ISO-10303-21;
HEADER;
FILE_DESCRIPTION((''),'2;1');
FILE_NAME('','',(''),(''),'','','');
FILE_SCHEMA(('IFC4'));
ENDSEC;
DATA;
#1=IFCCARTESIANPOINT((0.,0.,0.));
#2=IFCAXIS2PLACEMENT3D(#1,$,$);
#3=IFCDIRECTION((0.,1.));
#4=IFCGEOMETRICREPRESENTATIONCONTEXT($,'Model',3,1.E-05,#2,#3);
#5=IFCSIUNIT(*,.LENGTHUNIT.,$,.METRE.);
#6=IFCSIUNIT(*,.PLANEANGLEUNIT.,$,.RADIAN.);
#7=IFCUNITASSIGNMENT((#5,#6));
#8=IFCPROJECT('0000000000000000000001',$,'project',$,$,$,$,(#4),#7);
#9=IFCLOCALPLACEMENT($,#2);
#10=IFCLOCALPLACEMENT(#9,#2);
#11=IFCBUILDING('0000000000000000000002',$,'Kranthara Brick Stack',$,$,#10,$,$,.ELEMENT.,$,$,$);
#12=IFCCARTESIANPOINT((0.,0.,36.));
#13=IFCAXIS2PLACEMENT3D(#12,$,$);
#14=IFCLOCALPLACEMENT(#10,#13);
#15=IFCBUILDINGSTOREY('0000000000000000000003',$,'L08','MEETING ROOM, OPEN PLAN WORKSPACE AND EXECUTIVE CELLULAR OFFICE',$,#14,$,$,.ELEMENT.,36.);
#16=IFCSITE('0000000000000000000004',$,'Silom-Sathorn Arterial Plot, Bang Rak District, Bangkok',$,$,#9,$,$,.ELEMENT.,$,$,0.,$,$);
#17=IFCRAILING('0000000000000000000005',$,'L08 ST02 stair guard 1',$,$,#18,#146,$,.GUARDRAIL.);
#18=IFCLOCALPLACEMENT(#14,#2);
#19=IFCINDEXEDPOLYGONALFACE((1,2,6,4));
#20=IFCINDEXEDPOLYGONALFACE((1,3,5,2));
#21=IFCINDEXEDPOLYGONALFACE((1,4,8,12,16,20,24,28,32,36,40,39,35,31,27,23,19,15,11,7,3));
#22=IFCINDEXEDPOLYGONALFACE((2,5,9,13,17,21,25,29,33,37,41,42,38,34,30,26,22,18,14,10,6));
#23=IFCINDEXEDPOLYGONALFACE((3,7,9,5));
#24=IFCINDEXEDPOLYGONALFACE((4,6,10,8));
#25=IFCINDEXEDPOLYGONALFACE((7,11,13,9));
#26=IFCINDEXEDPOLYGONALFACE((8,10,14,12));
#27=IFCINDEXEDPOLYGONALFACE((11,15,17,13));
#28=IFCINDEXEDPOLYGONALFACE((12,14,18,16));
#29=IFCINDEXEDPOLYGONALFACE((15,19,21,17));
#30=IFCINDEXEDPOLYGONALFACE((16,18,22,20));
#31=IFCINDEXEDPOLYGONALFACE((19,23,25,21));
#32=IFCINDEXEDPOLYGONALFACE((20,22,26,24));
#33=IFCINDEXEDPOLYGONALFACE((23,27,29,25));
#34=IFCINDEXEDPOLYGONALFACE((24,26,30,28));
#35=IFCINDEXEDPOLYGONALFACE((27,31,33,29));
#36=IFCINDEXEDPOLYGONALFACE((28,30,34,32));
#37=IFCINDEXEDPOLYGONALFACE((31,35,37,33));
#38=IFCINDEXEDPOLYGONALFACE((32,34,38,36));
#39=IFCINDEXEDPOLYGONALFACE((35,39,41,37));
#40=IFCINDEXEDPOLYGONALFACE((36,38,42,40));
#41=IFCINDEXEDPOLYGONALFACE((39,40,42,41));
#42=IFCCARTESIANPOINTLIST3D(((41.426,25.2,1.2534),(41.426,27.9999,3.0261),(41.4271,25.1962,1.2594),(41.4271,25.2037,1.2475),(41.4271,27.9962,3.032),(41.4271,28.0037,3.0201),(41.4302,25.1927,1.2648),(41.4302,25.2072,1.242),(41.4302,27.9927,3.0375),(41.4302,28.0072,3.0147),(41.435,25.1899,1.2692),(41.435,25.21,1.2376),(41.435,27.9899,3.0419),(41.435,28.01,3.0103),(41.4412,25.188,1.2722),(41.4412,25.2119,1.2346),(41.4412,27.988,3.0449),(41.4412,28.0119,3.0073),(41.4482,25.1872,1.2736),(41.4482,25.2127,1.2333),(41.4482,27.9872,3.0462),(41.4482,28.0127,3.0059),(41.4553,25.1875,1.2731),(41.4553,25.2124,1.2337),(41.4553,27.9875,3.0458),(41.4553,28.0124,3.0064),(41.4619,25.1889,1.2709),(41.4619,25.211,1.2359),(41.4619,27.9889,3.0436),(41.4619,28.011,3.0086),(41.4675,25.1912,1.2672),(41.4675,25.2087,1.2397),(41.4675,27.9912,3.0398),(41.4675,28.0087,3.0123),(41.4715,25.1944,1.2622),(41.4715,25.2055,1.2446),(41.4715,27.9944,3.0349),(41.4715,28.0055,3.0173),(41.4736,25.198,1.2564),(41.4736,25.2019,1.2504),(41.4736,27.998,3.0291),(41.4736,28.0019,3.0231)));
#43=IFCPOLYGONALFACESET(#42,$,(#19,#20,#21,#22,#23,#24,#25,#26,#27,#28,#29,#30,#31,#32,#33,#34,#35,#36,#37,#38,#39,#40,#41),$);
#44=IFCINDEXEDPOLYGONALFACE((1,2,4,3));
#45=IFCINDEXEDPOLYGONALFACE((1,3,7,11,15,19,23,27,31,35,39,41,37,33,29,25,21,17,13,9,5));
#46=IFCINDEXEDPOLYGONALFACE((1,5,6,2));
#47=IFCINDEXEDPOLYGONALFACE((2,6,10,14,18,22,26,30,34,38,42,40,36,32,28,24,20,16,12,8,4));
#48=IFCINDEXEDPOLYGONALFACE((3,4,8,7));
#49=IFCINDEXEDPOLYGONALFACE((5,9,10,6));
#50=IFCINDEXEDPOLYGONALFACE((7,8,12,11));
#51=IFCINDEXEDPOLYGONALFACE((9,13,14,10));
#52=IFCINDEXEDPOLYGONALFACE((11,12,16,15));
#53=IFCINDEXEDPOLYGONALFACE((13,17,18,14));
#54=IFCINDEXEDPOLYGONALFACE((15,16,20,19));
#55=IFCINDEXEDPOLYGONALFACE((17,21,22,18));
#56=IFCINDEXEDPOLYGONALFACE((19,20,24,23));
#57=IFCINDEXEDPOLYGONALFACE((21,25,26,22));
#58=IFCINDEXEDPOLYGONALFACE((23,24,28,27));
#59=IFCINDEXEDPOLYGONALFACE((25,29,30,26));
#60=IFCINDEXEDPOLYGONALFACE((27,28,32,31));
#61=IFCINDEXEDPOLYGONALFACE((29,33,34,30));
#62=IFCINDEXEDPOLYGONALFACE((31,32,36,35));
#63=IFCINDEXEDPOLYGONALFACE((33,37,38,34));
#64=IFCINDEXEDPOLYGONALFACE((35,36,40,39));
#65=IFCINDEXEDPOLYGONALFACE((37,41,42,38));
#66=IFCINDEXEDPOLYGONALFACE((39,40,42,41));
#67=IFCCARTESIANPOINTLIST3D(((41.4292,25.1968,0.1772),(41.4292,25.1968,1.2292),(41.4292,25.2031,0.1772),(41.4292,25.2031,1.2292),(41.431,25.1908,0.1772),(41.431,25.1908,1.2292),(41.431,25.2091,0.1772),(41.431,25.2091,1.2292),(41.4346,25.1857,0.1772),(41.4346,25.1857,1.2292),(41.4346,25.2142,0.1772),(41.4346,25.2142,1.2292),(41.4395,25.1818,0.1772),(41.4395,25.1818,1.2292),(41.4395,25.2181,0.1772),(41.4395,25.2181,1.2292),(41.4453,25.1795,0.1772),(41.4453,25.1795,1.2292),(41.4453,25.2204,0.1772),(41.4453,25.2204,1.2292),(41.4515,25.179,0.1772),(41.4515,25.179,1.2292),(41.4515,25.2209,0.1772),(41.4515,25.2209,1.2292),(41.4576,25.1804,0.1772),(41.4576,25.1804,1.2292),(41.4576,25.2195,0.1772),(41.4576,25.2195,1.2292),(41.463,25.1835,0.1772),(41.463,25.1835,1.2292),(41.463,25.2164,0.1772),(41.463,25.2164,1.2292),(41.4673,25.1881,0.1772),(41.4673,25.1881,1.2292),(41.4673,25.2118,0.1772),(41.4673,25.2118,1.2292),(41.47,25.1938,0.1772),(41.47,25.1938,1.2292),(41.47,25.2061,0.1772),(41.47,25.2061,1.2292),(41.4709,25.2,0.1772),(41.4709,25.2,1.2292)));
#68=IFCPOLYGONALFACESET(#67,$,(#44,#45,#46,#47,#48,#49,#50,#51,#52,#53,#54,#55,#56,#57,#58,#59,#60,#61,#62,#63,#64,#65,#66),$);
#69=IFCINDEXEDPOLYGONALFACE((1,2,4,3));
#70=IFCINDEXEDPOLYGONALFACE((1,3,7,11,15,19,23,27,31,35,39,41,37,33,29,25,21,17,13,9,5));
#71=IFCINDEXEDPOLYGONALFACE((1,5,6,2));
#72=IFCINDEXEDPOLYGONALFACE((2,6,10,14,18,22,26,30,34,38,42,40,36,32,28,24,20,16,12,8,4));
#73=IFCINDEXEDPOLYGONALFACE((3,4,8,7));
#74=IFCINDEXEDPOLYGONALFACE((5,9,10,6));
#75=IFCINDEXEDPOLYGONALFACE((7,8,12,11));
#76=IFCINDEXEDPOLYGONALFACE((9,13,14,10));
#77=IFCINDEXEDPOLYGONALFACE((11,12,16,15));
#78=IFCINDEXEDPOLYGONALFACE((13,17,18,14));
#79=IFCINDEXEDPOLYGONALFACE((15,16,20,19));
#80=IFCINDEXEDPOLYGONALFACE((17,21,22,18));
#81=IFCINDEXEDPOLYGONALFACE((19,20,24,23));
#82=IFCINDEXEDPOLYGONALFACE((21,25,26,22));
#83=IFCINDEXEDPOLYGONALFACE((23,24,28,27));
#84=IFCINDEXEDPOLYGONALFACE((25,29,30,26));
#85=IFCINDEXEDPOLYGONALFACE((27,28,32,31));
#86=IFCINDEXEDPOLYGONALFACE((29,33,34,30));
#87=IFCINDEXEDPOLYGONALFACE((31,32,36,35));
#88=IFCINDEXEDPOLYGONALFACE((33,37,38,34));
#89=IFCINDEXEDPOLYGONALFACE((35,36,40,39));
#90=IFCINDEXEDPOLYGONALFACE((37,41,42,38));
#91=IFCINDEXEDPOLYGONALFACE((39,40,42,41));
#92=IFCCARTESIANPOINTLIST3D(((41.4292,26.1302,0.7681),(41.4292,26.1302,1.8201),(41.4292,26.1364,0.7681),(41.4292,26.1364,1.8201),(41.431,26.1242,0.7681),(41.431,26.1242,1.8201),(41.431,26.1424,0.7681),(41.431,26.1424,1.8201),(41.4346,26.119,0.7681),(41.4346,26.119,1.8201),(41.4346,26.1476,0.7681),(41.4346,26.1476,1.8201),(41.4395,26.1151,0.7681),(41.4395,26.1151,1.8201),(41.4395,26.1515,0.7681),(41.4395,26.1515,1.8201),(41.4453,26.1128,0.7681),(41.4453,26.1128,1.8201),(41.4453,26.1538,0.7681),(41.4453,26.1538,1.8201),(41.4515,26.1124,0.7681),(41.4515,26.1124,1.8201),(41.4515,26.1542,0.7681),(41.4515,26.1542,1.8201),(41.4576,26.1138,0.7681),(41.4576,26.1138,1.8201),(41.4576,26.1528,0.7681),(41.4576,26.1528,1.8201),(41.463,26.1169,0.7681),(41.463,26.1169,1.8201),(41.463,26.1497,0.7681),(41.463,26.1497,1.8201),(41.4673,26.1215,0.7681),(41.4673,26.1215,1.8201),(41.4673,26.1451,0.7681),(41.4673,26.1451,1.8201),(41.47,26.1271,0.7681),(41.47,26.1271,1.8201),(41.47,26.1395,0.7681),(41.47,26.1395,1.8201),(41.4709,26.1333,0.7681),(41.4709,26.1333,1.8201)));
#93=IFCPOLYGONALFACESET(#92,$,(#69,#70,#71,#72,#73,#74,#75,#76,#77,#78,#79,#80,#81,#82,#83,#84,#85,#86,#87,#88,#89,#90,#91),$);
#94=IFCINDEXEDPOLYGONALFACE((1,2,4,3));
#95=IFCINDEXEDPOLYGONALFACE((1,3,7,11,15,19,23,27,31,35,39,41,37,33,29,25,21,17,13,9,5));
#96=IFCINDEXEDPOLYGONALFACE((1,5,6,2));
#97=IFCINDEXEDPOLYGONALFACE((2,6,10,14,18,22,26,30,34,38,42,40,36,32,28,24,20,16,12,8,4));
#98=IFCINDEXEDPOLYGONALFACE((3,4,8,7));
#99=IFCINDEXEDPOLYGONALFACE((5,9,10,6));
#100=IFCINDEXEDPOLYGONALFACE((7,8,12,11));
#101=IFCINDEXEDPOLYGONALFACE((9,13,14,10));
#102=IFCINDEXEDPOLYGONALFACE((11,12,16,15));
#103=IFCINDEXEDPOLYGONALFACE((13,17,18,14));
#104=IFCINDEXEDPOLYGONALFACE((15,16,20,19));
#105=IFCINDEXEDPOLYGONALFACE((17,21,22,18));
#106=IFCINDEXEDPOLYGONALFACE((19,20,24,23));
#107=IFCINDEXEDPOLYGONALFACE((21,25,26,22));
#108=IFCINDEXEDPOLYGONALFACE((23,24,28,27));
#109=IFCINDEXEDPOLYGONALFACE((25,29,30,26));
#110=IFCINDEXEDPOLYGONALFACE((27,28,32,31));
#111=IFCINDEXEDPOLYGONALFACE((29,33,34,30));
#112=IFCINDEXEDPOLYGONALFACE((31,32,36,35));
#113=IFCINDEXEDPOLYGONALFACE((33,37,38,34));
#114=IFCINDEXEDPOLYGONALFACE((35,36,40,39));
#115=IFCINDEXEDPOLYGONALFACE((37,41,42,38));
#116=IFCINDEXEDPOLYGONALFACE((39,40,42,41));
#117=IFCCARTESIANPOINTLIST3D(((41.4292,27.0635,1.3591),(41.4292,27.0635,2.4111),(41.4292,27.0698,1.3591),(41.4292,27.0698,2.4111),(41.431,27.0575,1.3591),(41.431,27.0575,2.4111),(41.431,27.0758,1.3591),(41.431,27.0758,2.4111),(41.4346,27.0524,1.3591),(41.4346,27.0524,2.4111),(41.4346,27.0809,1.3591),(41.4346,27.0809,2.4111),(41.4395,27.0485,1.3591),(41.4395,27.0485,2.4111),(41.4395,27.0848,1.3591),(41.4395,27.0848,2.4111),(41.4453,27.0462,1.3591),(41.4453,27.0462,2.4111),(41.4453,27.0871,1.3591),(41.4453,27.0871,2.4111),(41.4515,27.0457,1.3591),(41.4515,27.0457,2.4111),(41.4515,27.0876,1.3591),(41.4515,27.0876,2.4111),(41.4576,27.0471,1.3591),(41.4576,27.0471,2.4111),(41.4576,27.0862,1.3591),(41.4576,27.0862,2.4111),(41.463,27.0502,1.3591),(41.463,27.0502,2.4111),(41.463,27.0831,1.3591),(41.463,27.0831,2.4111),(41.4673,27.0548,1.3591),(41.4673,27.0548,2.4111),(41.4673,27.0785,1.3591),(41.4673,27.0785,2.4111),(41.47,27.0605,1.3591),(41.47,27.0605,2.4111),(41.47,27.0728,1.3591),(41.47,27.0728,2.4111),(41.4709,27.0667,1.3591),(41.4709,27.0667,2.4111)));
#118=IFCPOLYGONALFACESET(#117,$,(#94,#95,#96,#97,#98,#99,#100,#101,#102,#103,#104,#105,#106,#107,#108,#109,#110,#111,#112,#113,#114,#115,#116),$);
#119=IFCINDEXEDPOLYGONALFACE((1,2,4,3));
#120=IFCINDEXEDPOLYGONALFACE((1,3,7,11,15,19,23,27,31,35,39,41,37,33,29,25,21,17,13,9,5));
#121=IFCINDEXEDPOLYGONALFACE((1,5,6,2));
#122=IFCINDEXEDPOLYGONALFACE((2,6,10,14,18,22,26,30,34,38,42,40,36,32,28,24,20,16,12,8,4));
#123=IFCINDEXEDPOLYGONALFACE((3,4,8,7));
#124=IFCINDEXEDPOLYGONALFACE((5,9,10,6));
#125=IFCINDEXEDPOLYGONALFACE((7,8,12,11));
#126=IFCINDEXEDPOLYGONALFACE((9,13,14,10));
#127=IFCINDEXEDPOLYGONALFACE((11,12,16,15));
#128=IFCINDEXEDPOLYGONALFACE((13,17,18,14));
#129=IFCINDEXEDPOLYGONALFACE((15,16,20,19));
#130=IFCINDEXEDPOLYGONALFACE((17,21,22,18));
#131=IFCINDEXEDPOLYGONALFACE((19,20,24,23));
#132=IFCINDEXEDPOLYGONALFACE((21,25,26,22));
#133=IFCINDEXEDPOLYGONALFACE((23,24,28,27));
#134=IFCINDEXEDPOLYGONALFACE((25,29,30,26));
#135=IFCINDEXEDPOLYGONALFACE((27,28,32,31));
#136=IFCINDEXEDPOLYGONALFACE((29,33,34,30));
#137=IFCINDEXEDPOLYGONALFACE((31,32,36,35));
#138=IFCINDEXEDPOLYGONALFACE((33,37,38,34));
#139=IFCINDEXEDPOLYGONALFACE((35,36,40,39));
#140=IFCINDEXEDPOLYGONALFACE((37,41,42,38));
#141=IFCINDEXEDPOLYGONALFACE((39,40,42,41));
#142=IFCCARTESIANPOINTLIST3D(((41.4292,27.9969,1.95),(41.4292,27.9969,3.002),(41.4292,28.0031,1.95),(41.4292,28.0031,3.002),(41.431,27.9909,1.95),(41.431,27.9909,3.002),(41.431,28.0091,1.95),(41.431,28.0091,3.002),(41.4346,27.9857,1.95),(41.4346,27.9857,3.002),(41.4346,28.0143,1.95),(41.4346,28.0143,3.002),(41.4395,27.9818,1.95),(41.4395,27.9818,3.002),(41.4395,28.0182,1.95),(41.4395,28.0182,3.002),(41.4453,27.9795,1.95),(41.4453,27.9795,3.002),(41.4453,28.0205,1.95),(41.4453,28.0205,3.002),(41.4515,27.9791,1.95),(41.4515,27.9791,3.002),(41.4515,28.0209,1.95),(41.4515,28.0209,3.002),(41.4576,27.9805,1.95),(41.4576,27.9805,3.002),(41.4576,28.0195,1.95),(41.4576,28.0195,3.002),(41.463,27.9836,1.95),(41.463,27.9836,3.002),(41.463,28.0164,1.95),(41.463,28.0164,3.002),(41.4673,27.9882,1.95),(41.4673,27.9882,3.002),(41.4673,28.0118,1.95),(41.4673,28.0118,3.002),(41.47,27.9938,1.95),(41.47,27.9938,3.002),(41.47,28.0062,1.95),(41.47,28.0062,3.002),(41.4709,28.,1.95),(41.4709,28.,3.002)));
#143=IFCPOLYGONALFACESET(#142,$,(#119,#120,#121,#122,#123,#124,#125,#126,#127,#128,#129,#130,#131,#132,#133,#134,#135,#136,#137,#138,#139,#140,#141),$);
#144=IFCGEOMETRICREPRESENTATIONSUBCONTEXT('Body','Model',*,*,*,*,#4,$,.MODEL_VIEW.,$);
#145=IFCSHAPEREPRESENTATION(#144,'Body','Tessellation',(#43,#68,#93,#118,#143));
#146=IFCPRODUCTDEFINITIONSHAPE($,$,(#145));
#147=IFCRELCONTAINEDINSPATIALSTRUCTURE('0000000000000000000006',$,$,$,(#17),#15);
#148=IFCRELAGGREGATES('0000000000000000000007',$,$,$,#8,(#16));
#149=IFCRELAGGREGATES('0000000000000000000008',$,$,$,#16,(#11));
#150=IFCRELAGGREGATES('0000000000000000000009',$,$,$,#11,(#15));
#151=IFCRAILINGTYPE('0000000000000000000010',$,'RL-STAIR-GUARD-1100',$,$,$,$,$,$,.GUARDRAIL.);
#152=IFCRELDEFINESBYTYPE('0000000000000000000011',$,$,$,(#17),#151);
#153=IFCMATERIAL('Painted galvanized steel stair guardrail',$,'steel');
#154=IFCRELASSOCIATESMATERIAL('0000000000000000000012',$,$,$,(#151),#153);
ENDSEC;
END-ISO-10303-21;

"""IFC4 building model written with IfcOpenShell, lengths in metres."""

from ifc_helpers import new_model, si_unit, direction, frame, origin, origin_2d, place, context, subcontext, project, spatial, circle, extrude, material, type_object, element, save


model = new_model("IFC4")

# Units and contexts
model_context = context("Model", 3, precision=1e-05, world=origin(), true_north=direction((0.0, 1.0)))
body_context = subcontext(model_context, "Body", "Model", "MODEL_VIEW")
ifc_project = project(units=[si_unit("LENGTHUNIT", "METRE"), si_unit("PLANEANGLEUNIT", "RADIAN")], contexts=[model_context])

# Site, building, storey
site_placement = place(None, origin())
site = spatial("IfcSite", under=ifc_project, at=site_placement, Name="Silom-Sathorn Arterial Plot, Bang Rak District, Bangkok", CompositionType="ELEMENT", RefElevation=0.0)
building_placement = place(site_placement, origin())
building = spatial("IfcBuilding", under=site, at=building_placement, Name="Kranthara Brick Stack", CompositionType="ELEMENT")
storey_placement = place(building_placement, frame((0.0, 0.0, 36.0)))
storey = spatial("IfcBuildingStorey", under=building, at=storey_placement, Name="L08", Description="MEETING ROOM, OPEN PLAN WORKSPACE AND EXECUTIVE CELLULAR OFFICE", CompositionType="ELEMENT", Elevation=36.0)

# Railing
ifc_material_1 = material(Name="Painted galvanized steel stair guardrail", Category="steel")
railing_type = type_object("IfcRailingType", Name="RL-STAIR-GUARD-1100", PredefinedType="GUARDRAIL", material=ifc_material_1)
railing_1_placement = place(storey_placement, frame((41.45, 25.2, 0.1772)))
element("IfcRailing", 1, at=railing_1_placement, inside=storey, type_object=railing_type, Name="L08 ST02 stair guard 1", PredefinedType="GUARDRAIL", context=body_context, shape_type="SweptSolid", body=[
    extrude(circle(Radius=0.0239, at=origin_2d()), frame((0.0, 0.0, 1.0762), z_axis=(0.0, 0.844909, 0.53491), x_axis=(-1.0, 0.0, 0.0)), (0.0, 0.0, 1.0), 3.314),
    extrude(circle(Radius=0.021, at=origin_2d()), origin(), (0.0, 0.0, 1.0), 1.052),
    extrude(circle(Radius=0.021, at=origin_2d()), frame((0.0, 0.9333, 0.5908)), (0.0, 0.0, 1.0), 1.052),
    extrude(circle(Radius=0.021, at=origin_2d()), frame((0.0, 1.8667, 1.1819)), (0.0, 0.0, 1.0), 1.052),
    extrude(circle(Radius=0.021, at=origin_2d()), frame((0.0, 2.8, 1.7727)), (0.0, 0.0, 1.0), 1.052),
])

save(model, "model.ifc")
